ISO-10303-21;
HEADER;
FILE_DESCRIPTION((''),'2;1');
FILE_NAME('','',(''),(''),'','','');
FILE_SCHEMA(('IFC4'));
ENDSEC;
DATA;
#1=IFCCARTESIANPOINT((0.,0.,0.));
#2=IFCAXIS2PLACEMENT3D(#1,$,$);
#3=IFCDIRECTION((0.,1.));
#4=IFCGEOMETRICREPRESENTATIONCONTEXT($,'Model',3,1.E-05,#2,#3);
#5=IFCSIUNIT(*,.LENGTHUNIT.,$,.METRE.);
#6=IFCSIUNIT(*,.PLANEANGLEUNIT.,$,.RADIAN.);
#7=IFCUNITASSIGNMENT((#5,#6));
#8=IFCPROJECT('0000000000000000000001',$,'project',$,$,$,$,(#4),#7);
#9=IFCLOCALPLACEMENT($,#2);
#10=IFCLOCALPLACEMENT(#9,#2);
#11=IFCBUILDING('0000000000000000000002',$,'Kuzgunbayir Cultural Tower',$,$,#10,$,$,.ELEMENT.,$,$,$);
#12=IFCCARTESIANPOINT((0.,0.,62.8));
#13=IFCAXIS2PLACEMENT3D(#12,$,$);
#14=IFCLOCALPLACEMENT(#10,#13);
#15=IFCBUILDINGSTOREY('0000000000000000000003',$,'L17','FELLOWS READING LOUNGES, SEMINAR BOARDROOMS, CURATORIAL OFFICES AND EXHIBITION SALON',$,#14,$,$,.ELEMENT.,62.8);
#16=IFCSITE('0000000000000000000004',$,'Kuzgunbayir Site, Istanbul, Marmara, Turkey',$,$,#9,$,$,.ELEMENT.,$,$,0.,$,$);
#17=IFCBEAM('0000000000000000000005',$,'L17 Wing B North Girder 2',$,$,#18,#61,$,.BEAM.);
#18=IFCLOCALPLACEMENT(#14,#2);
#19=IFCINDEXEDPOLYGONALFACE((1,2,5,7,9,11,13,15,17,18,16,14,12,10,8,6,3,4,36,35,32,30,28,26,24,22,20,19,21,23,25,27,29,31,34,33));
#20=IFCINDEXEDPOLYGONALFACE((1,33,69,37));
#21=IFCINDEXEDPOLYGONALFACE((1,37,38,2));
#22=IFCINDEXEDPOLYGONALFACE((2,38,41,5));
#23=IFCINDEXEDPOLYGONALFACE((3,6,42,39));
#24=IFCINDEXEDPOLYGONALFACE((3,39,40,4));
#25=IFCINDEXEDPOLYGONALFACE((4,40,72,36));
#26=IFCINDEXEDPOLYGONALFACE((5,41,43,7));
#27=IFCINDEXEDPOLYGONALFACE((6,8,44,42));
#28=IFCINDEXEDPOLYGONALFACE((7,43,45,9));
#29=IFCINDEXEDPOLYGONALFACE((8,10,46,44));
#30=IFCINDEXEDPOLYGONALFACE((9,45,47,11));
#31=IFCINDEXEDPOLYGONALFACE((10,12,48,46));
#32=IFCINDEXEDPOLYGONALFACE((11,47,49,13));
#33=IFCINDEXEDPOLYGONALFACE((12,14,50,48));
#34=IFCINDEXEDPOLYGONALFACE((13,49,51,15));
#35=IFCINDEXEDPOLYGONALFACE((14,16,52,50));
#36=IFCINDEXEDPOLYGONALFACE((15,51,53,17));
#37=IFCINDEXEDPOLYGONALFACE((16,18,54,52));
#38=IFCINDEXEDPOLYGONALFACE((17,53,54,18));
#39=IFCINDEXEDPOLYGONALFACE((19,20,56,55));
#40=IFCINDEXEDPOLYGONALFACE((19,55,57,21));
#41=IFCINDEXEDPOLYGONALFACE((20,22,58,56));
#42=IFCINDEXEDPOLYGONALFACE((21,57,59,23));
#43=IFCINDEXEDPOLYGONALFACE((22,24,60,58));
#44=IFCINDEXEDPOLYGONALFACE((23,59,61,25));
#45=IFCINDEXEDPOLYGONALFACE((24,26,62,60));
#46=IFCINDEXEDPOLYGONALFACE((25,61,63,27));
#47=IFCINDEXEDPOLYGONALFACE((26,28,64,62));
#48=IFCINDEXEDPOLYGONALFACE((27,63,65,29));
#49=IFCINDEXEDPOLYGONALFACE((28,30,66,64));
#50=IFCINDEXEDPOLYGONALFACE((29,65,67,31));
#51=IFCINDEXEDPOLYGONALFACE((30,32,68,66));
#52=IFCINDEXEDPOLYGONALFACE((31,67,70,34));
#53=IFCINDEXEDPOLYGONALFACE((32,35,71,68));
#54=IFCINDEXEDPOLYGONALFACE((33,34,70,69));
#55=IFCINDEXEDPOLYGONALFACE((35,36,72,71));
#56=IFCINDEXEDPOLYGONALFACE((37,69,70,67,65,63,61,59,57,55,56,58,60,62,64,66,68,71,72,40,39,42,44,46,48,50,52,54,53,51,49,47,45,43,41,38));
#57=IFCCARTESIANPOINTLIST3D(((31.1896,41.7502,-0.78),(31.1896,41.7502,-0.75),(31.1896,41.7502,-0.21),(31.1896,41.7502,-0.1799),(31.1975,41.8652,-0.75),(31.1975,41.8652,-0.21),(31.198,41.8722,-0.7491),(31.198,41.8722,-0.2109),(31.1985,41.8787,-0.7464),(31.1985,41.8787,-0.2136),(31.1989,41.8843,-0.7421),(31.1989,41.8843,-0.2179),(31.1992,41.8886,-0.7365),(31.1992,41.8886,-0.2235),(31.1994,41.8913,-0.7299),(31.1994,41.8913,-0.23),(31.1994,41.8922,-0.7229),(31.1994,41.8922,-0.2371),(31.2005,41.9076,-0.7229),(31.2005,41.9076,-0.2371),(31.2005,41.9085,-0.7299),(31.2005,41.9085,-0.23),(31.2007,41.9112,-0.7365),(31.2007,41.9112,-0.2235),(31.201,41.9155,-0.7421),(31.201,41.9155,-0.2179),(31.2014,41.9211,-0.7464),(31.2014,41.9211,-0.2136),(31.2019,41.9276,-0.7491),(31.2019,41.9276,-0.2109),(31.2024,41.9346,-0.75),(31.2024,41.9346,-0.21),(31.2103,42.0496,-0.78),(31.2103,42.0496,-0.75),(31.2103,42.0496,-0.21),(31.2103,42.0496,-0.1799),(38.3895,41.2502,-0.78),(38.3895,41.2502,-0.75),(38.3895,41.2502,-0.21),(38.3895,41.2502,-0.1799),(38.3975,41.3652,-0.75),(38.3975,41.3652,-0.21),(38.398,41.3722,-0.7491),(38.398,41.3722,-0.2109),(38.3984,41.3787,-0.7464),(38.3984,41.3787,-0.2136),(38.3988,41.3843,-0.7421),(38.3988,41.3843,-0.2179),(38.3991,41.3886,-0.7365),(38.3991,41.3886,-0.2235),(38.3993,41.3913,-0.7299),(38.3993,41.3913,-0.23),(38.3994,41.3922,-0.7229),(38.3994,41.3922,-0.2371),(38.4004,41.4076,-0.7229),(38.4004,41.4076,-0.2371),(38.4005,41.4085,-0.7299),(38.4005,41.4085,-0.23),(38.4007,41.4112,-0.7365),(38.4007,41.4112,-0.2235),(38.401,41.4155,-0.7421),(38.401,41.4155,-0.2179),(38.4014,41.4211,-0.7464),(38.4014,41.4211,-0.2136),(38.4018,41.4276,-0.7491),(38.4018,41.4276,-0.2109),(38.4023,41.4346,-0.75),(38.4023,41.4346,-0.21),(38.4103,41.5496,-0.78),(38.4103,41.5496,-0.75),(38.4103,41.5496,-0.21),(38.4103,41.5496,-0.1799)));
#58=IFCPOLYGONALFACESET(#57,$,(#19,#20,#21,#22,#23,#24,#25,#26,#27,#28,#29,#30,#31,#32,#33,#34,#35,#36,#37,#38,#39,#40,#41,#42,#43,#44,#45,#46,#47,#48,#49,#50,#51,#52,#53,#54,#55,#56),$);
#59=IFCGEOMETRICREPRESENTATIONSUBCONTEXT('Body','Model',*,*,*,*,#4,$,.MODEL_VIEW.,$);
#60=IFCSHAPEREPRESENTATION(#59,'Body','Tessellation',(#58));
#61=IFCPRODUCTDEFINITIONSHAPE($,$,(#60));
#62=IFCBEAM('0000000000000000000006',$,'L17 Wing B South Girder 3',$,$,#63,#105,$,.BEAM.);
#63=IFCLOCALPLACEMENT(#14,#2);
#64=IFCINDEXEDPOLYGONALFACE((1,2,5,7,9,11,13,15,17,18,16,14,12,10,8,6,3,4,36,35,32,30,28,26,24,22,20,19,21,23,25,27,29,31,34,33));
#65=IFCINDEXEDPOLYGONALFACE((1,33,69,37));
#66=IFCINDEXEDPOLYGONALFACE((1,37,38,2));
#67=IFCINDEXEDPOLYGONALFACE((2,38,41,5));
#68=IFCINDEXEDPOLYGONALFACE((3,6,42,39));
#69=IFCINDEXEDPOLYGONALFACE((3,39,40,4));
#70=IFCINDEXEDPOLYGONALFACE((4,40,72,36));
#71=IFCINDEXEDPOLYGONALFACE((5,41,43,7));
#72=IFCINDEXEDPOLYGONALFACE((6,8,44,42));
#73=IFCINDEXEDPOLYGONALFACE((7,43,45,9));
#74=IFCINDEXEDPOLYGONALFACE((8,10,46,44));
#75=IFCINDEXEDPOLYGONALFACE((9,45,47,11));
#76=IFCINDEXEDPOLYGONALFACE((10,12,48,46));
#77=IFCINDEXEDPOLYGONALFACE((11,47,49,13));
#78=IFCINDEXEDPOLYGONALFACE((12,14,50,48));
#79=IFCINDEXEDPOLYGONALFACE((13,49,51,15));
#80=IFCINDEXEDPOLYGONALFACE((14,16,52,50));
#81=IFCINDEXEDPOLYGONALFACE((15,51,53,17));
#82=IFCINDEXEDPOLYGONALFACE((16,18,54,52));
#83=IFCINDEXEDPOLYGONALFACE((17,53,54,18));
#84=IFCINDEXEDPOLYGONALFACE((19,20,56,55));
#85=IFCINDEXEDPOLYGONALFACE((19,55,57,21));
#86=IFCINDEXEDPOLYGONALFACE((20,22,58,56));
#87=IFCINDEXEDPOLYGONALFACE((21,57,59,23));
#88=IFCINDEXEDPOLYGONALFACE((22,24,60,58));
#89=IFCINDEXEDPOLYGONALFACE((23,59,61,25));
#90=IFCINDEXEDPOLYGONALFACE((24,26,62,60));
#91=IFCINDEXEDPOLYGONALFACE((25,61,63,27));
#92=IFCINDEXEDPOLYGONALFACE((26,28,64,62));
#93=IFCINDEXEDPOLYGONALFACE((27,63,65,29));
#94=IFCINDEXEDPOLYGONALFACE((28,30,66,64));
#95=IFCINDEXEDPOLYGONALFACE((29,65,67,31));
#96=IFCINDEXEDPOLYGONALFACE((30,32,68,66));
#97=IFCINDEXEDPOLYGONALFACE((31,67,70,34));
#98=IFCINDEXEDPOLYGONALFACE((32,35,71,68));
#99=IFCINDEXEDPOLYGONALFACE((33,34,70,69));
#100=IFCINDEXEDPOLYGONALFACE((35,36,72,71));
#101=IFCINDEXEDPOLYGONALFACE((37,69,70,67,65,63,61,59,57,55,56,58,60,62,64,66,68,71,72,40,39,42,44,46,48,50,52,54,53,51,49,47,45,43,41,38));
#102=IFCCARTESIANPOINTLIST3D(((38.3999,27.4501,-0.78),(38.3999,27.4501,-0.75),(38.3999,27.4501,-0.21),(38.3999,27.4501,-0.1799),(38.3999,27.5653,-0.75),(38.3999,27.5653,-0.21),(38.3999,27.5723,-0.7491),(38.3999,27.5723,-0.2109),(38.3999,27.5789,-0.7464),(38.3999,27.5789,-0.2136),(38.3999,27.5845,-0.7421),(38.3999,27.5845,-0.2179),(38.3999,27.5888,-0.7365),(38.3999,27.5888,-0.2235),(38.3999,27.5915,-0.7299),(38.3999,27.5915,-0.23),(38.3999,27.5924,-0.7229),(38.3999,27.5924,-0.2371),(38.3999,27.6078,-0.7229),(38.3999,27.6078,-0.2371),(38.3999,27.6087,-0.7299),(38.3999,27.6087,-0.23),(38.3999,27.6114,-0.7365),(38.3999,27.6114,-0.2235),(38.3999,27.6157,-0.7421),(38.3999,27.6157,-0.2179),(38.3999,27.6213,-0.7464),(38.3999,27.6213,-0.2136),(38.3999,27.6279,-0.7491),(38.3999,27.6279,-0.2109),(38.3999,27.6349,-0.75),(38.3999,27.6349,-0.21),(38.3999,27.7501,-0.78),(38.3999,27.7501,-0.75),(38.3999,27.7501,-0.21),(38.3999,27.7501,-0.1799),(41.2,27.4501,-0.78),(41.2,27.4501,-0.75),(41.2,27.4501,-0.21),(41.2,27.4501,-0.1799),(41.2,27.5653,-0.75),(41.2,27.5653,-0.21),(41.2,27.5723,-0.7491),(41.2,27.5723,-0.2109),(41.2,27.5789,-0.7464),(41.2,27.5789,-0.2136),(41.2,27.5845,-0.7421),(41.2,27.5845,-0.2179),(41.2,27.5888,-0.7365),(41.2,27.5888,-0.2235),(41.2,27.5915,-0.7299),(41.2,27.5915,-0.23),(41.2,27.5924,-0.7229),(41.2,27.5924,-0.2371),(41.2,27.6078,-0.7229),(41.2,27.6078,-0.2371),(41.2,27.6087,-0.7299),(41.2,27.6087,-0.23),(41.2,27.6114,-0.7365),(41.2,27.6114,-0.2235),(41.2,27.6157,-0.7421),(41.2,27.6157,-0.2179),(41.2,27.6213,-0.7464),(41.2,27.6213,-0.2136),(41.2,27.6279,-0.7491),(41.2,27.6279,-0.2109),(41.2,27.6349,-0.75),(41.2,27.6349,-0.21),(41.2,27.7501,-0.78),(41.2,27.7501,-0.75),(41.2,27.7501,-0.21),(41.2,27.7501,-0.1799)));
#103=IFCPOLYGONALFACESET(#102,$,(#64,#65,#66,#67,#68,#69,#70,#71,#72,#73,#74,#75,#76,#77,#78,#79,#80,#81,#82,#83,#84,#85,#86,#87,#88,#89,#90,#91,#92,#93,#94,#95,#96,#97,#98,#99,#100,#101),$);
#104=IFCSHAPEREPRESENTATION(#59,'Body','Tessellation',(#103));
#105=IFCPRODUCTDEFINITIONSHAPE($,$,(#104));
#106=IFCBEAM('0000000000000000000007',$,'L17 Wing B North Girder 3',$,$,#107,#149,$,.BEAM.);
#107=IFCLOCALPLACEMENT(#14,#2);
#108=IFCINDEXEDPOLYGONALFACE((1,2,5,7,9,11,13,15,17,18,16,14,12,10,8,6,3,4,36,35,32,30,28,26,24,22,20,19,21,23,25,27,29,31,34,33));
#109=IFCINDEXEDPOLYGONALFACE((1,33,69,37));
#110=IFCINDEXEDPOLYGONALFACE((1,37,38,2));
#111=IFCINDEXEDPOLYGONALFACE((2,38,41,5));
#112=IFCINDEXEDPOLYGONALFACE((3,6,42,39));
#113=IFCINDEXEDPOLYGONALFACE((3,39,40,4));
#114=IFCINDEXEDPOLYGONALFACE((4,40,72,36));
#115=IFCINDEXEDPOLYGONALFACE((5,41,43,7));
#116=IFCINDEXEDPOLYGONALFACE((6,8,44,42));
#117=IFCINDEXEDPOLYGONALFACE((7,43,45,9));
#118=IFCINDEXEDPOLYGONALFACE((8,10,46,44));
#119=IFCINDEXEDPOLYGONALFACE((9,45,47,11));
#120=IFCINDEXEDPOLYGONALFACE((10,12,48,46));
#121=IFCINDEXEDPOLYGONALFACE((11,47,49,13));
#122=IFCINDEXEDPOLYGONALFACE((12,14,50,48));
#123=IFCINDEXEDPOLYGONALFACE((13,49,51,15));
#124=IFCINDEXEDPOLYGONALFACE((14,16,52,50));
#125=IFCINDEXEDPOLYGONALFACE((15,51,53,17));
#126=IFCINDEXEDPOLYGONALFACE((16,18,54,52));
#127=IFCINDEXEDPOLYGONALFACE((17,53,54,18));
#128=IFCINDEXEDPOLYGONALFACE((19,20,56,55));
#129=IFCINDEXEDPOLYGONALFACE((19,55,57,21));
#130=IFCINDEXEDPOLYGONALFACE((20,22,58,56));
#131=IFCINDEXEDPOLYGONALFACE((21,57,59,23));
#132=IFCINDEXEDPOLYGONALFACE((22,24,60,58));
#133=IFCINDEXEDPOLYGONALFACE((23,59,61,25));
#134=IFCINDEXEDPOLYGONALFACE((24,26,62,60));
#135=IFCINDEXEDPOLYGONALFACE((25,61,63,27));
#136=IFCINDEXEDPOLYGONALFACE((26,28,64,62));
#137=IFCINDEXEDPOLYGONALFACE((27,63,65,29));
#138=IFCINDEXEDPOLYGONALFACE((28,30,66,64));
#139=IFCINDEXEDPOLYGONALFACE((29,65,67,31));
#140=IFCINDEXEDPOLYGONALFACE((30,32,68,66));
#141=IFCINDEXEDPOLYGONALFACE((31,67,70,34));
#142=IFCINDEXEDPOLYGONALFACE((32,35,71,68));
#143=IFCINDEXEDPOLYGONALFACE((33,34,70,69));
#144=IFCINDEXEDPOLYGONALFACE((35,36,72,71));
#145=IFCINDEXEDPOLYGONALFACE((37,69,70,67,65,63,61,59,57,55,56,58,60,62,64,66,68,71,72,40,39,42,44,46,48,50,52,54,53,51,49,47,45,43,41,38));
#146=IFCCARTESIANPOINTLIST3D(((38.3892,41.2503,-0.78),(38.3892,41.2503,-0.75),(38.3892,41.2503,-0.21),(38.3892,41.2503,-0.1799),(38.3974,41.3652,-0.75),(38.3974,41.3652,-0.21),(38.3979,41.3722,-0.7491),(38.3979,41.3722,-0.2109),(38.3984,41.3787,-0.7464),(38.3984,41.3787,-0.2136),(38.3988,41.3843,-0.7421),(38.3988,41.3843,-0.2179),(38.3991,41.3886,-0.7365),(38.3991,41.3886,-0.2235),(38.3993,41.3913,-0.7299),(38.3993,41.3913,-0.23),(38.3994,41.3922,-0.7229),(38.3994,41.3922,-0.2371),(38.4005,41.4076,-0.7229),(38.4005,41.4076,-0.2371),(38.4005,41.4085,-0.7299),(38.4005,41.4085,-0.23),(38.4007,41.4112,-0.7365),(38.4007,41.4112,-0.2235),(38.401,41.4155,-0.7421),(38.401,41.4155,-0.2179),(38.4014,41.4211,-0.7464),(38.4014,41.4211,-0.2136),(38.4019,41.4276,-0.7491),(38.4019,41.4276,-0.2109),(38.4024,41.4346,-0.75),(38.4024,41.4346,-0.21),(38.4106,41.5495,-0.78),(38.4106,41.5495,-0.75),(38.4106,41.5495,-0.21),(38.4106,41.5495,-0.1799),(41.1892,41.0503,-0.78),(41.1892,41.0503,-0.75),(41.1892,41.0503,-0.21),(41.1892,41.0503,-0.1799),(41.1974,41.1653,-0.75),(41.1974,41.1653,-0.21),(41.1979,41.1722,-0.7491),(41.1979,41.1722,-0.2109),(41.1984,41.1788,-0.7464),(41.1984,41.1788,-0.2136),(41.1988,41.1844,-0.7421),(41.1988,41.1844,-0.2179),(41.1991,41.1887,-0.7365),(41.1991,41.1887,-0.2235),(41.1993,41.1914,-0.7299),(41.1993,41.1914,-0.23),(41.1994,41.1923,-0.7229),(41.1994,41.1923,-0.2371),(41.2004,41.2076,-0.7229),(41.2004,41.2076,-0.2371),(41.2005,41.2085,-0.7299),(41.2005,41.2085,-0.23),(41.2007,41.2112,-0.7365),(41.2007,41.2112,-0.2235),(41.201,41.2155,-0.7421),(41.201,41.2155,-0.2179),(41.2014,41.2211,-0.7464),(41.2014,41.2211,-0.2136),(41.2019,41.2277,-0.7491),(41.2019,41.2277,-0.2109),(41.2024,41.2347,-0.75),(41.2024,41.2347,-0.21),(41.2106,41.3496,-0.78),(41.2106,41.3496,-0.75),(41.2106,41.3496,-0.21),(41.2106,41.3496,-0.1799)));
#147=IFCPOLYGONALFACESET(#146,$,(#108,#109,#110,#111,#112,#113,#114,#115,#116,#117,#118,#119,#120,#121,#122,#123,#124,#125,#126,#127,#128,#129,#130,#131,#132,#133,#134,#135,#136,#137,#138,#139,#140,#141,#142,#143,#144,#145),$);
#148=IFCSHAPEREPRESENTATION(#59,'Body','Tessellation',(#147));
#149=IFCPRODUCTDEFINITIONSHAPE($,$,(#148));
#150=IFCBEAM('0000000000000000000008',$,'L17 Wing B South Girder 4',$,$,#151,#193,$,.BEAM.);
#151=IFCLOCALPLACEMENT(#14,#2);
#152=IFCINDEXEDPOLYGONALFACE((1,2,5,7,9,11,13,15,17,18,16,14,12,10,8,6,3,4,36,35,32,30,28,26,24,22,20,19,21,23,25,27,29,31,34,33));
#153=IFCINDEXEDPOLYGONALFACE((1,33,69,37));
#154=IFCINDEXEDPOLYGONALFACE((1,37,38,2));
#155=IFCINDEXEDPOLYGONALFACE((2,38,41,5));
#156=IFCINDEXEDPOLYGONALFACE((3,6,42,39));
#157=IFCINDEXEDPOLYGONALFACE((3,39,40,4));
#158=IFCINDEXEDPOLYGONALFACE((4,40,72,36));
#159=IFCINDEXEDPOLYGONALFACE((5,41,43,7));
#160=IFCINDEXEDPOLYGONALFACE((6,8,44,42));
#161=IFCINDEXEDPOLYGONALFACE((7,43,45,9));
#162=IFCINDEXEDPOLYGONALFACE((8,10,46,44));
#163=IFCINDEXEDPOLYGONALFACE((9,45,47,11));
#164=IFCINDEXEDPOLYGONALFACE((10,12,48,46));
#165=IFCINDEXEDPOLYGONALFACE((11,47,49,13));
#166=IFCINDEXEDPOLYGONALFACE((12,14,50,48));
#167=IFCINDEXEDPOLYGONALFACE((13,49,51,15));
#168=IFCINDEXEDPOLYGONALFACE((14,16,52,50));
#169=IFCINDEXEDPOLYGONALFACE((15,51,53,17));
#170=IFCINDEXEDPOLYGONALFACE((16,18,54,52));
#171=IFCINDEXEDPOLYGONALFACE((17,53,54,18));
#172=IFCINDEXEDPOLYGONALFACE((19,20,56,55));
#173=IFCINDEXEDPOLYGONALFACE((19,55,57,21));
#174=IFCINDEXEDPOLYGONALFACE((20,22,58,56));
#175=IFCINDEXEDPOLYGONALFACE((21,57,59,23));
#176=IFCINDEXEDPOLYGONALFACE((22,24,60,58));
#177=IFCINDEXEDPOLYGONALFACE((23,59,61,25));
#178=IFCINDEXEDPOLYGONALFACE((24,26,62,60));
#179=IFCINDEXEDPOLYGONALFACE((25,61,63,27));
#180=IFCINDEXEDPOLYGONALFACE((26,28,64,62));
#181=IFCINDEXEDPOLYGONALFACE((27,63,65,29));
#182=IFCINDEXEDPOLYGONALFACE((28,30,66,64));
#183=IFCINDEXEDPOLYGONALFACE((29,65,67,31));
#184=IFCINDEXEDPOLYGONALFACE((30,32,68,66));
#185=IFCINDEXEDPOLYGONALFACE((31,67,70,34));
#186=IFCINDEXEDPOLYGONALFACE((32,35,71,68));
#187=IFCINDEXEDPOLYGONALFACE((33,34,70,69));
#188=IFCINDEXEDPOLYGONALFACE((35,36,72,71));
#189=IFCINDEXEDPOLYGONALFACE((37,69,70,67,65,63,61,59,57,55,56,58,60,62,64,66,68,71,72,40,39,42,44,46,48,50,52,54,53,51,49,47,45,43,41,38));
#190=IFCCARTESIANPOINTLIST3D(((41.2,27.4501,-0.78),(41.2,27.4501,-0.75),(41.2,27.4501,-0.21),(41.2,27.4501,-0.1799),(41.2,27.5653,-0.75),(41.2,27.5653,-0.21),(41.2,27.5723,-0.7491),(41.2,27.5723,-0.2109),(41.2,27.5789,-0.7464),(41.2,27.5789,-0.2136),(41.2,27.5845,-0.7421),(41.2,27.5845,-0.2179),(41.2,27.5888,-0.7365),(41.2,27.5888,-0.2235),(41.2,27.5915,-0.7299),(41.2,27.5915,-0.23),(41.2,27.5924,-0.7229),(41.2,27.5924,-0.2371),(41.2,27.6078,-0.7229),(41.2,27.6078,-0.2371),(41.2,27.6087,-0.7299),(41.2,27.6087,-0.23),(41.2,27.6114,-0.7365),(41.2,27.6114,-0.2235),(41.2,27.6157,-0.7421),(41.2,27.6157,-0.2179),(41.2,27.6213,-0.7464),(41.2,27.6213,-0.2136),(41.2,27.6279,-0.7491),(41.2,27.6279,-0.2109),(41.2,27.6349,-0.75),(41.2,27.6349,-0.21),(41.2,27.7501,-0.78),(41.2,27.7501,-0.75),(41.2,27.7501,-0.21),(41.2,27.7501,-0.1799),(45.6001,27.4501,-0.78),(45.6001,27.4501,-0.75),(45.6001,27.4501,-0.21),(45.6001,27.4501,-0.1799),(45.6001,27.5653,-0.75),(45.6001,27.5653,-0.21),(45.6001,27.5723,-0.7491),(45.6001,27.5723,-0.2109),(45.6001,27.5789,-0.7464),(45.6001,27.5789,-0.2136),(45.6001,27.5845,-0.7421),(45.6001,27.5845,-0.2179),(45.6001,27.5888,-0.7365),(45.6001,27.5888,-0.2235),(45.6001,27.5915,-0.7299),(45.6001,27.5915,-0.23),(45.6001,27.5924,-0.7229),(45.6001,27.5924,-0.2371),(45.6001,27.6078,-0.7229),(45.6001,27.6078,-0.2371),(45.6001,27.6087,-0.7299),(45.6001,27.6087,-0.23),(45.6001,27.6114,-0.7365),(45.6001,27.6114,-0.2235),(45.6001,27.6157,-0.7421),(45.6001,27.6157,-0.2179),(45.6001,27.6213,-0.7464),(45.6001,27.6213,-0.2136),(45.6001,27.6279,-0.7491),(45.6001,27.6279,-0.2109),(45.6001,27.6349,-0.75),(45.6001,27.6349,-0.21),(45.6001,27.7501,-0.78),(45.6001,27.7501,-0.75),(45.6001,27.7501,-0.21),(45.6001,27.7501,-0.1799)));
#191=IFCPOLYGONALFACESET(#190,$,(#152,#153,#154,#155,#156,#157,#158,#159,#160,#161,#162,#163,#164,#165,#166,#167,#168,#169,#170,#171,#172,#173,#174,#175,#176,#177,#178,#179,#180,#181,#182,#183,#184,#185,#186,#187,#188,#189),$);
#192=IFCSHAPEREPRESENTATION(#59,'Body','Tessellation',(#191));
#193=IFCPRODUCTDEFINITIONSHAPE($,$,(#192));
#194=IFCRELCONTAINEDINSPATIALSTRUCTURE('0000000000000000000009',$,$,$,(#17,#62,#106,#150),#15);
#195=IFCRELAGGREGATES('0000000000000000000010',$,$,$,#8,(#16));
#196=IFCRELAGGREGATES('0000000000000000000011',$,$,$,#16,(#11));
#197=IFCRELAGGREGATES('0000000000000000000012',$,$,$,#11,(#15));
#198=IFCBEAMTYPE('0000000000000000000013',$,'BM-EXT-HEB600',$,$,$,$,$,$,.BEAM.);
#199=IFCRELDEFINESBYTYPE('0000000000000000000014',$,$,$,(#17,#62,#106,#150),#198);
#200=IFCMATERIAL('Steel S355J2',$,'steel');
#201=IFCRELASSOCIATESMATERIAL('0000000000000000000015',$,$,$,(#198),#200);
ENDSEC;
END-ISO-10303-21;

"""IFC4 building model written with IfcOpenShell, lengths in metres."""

from ifc_helpers import new_model, si_unit, direction, frame, origin, origin_2d, place, context, subcontext, project, spatial, i_section, extrude, material, material_profile, profile_set, type_object, element, save


model = new_model("IFC4")

# Units and contexts
model_context = context("Model", 3, precision=1e-05, world=origin(), true_north=direction((0.0, 1.0)))
body_context = subcontext(model_context, "Body", "Model", "MODEL_VIEW")
ifc_project = project(units=[si_unit("LENGTHUNIT", "METRE"), si_unit("PLANEANGLEUNIT", "RADIAN")], contexts=[model_context])

# Site, building, storey
site_placement = place(None, origin())
site = spatial("IfcSite", under=ifc_project, at=site_placement, Name="Kuzgunbayir Site, Istanbul, Marmara, Turkey", CompositionType="ELEMENT", RefElevation=0.0)
building_placement = place(site_placement, origin())
building = spatial("IfcBuilding", under=site, at=building_placement, Name="Kuzgunbayir Cultural Tower", CompositionType="ELEMENT")
storey_placement = place(building_placement, frame((0.0, 0.0, 62.8)))
storey = spatial("IfcBuildingStorey", under=building, at=storey_placement, Name="L17", Description="FELLOWS READING LOUNGES, SEMINAR BOARDROOMS, CURATORIAL OFFICES AND EXHIBITION SALON", CompositionType="ELEMENT", Elevation=62.8)

# Beams
ifc_material_1 = material(Name="Steel S355J2", Category="steel")
ifc_material_profile_1 = material_profile(ifc_material_1, i_section(OverallWidth=0.3, OverallDepth=0.6001, WebThickness=0.0154, FlangeThickness=0.03, FilletRadius=0.0271, at=origin_2d()), Name="HEB 600")
ifc_profile_set_1 = profile_set([ifc_material_profile_1], Name="Steel S355J2")
beam_type_1 = type_object("IfcBeamType", Name="BM-EXT-HEB600", PredefinedType="BEAM", material=ifc_profile_set_1)
beam_1_placement = place(storey_placement, frame((31.2, 41.8999, -0.48), z_axis=(0.997597, -0.069278, 0.0), x_axis=(0.069278, 0.997597, 0.0)))
element("IfcBeam", 1, at=beam_1_placement, inside=storey, type_object=beam_type_1, Name="L17 Wing B North Girder 2", PredefinedType="BEAM", context=body_context, shape_type="SweptSolid", body=[
    extrude(i_section(OverallWidth=0.3, OverallDepth=0.6001, WebThickness=0.0154, FlangeThickness=0.03, FilletRadius=0.0271, at=origin_2d()), origin(), (0.0, 0.0, 1.0), 7.2173),
])
beam_2_placement = place(storey_placement, frame((38.3999, 27.6001, -0.48), z_axis=(1.0, 0.0, 0.0), x_axis=(0.0, 1.0, 0.0)))
element("IfcBeam", 2, at=beam_2_placement, inside=storey, type_object=beam_type_1, Name="L17 Wing B South Girder 3", PredefinedType="BEAM", context=body_context, shape_type="SweptSolid", body=[
    extrude(i_section(OverallWidth=0.3, OverallDepth=0.6001, WebThickness=0.0154, FlangeThickness=0.03, FilletRadius=0.0271, at=origin_2d()), origin(), (0.0, 0.0, 1.0), 2.8),
])
beam_3_placement = place(storey_placement, frame((38.3999, 41.3999, -0.48), z_axis=(0.99746, -0.071229, 0.0), x_axis=(0.071229, 0.99746, 0.0)))
element("IfcBeam", 3, at=beam_3_placement, inside=storey, type_object=beam_type_1, Name="L17 Wing B North Girder 3", PredefinedType="BEAM", context=body_context, shape_type="SweptSolid", body=[
    extrude(i_section(OverallWidth=0.3, OverallDepth=0.6001, WebThickness=0.0154, FlangeThickness=0.03, FilletRadius=0.0271, at=origin_2d()), origin(), (0.0, 0.0, 1.0), 2.8071),
])
for number, where, z_axis, x_axis, name in (
    (4, (41.2, 27.6001, -0.48), (1.0, 0.0, 0.0), (0.0, 1.0, 0.0), "L17 Wing B South Girder 4"),
):
    element("IfcBeam", number, at=place(storey_placement, frame(where, z_axis=z_axis, x_axis=x_axis)), inside=storey, type_object=beam_type_1, Name=name, PredefinedType="BEAM", context=body_context, shape_type="SweptSolid", body=[
        extrude(i_section(OverallWidth=0.3, OverallDepth=0.6001, WebThickness=0.0154, FlangeThickness=0.03, FilletRadius=0.0271, at=origin_2d()), origin(), (0.0, 0.0, 1.0), 4.4001),
    ])

save(model, "model.ifc")
